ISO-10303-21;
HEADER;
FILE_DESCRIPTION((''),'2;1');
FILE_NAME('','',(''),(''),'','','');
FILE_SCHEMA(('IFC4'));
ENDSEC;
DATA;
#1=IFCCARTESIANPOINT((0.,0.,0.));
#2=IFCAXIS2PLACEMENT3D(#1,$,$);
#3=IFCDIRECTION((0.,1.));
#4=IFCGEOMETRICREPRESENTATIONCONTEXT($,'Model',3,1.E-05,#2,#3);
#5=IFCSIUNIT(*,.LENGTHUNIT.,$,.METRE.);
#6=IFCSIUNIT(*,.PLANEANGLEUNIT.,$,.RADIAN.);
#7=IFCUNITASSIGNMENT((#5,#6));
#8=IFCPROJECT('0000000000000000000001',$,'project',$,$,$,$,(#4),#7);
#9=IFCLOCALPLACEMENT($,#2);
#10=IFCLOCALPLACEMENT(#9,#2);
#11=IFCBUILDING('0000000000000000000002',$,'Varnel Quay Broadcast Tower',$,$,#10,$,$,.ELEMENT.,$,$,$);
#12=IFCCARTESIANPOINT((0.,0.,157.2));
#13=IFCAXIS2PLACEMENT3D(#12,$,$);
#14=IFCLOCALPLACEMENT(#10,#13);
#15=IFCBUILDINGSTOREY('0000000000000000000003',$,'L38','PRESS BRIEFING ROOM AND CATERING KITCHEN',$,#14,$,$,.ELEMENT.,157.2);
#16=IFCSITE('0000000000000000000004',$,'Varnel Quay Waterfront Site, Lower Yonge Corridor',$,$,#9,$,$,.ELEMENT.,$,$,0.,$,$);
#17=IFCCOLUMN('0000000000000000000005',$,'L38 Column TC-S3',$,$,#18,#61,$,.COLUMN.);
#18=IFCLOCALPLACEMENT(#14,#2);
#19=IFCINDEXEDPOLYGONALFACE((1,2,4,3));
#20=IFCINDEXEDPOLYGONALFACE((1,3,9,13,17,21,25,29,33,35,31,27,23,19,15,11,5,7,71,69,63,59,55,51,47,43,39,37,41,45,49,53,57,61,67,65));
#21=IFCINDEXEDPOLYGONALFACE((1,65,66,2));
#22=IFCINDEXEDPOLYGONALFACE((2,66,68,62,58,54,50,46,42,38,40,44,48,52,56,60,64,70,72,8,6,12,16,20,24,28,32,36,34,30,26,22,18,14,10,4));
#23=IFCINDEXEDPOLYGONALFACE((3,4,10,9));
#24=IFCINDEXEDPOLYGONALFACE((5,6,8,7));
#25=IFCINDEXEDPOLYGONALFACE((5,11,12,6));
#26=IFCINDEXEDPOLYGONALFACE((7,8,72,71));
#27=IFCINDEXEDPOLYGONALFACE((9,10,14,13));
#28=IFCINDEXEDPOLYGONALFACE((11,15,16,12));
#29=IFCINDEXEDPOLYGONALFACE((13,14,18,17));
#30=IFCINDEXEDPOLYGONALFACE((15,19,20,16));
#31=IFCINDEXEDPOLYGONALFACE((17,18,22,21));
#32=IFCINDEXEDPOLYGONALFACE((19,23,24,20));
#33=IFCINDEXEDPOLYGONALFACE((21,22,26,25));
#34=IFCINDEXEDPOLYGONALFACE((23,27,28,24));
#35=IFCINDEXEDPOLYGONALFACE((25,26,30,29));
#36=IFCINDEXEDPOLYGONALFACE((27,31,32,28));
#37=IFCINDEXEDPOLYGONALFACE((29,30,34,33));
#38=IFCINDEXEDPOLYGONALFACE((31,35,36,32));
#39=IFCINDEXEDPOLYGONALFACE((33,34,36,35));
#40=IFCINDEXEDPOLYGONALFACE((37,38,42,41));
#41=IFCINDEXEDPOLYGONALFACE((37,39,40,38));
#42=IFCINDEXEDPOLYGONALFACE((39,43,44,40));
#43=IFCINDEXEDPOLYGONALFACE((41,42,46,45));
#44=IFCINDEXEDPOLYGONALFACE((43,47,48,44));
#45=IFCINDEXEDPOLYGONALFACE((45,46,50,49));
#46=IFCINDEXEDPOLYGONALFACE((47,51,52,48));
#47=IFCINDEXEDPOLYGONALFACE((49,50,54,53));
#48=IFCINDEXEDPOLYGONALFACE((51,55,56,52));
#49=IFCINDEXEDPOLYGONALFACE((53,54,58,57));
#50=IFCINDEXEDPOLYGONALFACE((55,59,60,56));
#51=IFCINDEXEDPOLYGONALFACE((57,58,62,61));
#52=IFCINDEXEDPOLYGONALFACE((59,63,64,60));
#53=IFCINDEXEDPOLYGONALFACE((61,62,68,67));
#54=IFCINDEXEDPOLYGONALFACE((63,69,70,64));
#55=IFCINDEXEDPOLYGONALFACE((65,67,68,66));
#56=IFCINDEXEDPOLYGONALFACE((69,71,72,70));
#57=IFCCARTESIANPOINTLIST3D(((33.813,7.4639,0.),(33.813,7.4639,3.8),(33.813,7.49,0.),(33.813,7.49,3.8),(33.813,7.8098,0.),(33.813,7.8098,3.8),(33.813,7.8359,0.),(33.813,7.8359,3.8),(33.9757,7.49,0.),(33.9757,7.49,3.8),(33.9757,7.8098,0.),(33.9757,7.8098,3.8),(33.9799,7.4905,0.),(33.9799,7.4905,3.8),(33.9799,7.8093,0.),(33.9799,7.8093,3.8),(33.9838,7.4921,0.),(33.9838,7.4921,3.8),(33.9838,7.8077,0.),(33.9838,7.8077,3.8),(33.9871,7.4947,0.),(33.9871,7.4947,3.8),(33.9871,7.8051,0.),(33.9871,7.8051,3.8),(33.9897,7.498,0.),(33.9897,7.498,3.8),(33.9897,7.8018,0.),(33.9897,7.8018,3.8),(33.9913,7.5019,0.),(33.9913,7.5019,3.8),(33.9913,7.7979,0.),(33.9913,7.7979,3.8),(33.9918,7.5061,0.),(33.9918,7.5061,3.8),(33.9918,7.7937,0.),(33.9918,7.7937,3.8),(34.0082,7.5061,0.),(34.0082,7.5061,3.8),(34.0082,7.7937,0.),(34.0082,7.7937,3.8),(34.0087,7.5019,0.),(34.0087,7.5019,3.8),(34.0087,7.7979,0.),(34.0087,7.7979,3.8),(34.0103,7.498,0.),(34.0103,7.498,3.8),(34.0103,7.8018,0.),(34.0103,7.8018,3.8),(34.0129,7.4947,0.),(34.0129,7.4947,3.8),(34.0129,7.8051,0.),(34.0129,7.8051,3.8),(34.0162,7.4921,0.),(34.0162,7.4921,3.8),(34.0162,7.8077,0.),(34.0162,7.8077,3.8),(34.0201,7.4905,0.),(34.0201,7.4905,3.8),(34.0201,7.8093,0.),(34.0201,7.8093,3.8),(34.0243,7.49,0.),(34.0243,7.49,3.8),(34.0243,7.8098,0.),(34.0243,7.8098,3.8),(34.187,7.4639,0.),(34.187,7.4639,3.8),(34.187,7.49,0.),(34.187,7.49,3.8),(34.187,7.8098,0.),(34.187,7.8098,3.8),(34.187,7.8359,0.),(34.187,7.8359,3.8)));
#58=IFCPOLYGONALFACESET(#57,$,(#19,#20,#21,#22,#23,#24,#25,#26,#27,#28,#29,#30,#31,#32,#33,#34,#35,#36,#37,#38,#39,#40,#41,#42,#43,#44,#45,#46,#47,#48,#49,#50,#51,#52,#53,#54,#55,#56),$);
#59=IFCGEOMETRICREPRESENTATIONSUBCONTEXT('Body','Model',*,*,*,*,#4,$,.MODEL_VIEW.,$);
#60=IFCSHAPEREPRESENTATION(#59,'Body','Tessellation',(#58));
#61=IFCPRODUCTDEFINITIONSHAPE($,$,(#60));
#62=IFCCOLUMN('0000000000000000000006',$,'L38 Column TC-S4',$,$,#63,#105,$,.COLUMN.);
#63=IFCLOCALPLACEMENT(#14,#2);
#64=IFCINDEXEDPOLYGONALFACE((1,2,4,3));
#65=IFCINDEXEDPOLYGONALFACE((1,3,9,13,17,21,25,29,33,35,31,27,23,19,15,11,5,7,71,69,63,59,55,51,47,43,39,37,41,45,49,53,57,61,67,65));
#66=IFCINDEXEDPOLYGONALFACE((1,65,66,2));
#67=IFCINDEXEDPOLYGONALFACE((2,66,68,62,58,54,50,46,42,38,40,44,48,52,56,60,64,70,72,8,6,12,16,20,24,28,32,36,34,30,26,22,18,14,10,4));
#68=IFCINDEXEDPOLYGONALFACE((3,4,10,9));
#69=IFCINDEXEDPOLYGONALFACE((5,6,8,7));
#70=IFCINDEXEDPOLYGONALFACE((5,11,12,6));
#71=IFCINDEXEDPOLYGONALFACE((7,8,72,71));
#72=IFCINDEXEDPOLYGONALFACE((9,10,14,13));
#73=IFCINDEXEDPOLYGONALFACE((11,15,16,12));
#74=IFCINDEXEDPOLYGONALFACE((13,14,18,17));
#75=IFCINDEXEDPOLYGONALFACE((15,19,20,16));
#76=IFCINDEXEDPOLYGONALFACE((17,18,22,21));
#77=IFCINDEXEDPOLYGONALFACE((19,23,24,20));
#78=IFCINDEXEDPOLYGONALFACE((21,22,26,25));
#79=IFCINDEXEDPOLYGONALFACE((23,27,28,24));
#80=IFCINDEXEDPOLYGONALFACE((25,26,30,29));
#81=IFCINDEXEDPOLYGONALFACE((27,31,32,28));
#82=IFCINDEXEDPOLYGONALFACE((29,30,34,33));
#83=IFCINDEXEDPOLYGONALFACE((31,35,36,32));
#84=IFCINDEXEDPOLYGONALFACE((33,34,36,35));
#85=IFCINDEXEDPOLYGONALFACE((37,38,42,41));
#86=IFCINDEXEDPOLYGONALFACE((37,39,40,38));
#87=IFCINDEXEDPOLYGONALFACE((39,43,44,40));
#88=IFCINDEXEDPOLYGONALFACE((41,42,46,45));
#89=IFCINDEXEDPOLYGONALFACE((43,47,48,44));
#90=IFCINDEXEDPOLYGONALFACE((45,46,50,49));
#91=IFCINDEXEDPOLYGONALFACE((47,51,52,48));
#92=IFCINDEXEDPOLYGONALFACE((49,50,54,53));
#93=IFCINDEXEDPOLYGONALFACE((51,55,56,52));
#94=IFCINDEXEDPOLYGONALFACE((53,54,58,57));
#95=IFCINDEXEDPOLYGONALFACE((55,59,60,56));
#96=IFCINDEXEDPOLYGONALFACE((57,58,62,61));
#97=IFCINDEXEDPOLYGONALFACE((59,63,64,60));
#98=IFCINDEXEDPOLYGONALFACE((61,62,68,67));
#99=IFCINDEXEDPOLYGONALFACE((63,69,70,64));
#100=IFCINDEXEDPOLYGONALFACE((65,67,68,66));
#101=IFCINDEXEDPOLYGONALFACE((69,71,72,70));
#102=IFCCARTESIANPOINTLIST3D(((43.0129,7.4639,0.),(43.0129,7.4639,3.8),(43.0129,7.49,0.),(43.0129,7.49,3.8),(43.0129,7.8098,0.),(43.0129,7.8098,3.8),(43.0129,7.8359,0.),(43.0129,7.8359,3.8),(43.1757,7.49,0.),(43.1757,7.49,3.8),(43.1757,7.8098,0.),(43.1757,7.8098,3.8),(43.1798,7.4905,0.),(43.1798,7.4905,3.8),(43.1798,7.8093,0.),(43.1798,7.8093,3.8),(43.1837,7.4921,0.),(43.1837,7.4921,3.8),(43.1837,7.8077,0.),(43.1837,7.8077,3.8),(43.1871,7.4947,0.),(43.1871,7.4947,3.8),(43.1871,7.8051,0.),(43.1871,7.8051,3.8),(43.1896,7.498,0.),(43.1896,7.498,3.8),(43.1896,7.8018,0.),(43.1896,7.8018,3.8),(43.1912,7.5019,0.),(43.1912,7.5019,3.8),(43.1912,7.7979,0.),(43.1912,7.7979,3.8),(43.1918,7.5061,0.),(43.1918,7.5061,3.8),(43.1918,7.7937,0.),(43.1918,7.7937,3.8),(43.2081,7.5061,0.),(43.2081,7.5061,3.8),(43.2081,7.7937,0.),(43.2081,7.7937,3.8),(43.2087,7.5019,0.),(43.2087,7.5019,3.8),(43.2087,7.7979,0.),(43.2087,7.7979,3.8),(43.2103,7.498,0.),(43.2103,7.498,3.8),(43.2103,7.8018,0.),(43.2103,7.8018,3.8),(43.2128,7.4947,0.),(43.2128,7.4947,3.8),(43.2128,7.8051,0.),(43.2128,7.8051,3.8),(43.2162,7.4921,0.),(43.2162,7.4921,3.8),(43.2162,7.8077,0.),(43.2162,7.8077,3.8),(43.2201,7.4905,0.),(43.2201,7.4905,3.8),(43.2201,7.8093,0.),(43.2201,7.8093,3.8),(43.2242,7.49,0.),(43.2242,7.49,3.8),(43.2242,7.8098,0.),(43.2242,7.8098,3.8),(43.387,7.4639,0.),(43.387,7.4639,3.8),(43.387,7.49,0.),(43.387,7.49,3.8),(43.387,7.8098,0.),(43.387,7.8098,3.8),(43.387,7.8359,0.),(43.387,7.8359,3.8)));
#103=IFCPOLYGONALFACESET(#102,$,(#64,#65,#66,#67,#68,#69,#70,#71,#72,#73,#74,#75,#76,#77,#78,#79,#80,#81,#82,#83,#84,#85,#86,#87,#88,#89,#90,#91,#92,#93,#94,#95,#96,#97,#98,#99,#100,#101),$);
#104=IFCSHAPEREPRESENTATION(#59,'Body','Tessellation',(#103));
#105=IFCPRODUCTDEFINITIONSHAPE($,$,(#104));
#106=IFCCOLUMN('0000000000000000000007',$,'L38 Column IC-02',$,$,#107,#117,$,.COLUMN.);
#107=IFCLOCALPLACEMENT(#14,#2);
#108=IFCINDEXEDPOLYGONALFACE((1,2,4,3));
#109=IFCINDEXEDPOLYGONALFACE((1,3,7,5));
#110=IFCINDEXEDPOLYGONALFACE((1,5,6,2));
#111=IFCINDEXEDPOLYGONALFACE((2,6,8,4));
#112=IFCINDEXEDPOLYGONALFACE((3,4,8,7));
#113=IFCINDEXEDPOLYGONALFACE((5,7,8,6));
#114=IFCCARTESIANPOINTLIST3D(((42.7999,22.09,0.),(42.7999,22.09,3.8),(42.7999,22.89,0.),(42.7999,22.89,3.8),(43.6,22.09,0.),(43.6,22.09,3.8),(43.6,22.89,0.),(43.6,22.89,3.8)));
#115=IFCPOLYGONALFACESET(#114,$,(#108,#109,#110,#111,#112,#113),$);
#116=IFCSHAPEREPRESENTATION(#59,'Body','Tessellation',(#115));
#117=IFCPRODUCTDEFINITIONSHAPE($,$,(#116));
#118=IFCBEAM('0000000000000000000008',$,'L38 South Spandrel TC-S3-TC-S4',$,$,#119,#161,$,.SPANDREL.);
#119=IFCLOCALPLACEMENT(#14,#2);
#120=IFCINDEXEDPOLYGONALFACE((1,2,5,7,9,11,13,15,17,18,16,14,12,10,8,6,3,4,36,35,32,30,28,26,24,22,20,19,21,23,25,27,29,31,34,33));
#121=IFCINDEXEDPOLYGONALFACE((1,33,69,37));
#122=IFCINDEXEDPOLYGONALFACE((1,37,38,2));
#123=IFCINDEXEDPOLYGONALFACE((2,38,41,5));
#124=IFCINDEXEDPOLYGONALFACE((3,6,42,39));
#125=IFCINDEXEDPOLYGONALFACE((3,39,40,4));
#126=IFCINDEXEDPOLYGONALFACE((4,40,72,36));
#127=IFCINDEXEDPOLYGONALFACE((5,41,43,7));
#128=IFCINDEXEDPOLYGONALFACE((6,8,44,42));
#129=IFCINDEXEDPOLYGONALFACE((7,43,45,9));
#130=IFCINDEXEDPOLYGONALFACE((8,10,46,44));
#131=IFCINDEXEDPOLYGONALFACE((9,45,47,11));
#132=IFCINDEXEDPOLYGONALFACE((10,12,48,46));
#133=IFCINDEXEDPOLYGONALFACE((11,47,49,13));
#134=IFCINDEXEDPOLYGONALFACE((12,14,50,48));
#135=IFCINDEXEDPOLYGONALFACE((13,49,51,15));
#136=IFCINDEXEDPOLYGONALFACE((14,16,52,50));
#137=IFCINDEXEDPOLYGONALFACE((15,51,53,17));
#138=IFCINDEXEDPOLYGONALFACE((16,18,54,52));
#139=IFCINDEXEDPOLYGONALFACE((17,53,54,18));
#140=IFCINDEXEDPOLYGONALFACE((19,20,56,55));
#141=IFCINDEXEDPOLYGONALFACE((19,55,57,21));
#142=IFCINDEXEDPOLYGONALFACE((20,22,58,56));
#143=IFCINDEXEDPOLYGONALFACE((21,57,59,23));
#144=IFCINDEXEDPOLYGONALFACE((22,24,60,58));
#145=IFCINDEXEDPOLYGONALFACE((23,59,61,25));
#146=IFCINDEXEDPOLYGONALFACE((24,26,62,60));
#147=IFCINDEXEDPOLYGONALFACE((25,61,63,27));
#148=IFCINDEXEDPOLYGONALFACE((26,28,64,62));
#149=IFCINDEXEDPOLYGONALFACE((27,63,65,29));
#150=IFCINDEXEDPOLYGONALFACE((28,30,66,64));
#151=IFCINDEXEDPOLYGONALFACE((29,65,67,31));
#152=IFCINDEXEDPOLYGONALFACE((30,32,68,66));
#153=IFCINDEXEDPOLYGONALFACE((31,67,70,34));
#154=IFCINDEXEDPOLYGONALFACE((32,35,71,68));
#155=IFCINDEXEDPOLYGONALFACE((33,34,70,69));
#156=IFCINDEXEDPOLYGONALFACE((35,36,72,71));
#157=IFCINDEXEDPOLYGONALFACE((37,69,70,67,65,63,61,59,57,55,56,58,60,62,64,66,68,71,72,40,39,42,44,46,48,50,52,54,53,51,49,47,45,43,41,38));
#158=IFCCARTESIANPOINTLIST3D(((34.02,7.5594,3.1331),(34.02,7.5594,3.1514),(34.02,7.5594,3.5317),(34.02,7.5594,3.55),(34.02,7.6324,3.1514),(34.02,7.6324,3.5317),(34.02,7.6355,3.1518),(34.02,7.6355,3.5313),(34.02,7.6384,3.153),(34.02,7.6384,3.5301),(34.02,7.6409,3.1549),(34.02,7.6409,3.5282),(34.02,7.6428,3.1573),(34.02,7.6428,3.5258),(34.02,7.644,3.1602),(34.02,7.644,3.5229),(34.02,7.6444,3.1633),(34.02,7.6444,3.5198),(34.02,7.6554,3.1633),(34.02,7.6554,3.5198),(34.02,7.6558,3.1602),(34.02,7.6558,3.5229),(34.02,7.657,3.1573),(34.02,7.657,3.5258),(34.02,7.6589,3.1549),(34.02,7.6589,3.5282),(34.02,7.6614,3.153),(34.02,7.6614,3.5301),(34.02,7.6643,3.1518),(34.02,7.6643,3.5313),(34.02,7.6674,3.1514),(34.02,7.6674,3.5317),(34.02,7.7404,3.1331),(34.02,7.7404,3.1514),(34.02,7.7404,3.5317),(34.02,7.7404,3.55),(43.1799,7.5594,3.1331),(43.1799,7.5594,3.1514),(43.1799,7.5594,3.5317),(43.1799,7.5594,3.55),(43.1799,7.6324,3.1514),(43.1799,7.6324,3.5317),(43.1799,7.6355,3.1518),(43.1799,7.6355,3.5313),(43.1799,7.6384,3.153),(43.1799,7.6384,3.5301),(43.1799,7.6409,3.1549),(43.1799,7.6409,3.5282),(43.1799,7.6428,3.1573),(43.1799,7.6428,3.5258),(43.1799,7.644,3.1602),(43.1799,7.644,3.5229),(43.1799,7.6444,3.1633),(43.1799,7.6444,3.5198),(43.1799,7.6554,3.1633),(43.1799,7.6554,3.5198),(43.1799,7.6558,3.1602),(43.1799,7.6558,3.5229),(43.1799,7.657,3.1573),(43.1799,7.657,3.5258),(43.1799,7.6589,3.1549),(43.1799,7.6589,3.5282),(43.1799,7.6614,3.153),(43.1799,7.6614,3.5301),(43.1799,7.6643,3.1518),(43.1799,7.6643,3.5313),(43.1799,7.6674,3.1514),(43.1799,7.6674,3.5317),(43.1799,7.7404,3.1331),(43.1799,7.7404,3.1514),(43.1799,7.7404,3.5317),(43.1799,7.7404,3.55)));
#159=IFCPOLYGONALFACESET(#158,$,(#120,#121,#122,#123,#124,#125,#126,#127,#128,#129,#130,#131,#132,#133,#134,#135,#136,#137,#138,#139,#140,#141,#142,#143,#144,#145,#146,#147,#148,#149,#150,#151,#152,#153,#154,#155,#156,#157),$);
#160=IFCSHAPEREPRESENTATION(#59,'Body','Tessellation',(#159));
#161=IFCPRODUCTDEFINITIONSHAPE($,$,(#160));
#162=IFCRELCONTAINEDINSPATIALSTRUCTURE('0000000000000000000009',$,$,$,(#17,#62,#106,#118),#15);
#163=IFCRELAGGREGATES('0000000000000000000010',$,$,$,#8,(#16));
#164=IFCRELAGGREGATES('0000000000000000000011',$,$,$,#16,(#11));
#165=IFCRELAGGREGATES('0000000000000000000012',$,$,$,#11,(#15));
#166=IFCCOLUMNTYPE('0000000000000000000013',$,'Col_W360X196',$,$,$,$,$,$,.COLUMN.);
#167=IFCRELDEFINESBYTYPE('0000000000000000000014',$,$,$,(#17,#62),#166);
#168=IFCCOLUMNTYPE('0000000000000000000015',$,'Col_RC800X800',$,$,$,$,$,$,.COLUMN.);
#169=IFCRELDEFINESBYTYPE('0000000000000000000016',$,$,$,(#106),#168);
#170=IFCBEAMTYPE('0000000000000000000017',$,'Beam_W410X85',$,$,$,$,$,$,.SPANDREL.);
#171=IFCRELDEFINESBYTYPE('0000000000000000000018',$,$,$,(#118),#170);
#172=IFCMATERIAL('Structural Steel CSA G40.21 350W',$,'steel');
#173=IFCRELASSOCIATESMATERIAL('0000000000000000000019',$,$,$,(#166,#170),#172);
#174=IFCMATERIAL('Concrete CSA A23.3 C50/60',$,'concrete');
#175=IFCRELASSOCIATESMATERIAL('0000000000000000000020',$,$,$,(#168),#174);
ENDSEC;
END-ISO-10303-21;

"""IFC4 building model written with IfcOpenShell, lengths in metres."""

from ifc_helpers import new_model, si_unit, direction, frame, origin, origin_2d, place, context, subcontext, project, spatial, rectangle, i_section, extrude, source, transform, mapped, material, material_profile, profile_set, type_object, type_shapes, element, save


model = new_model("IFC4")

# Units and contexts
model_context = context("Model", 3, precision=1e-05, world=origin(), true_north=direction((0.0, 1.0)))
body_context = subcontext(model_context, "Body", "Model", "MODEL_VIEW")
ifc_project = project(units=[si_unit("LENGTHUNIT", "METRE"), si_unit("PLANEANGLEUNIT", "RADIAN")], contexts=[model_context])

# Site, building, storey
site_placement = place(None, origin())
site = spatial("IfcSite", under=ifc_project, at=site_placement, Name="Varnel Quay Waterfront Site, Lower Yonge Corridor", CompositionType="ELEMENT", RefElevation=0.0)
building_placement = place(site_placement, origin())
building = spatial("IfcBuilding", under=site, at=building_placement, Name="Varnel Quay Broadcast Tower", CompositionType="ELEMENT")
storey_placement = place(building_placement, frame((0.0, 0.0, 157.2)))
storey = spatial("IfcBuildingStorey", under=building, at=storey_placement, Name="L38", Description="PRESS BRIEFING ROOM AND CATERING KITCHEN", CompositionType="ELEMENT", Elevation=157.2)

# Columns
ifc_material_1 = material(Name="Structural Steel CSA G40.21 350W", Category="steel")
ifc_material_profile_1 = material_profile(ifc_material_1, i_section(OverallWidth=0.374, OverallDepth=0.3721, WebThickness=0.0164, FlangeThickness=0.0261, FilletRadius=0.0161, at=origin_2d()), Name="W360X196")
ifc_profile_set_1 = profile_set([ifc_material_profile_1], Name="Structural Steel CSA G40.21 350W")
column_type_1 = type_object("IfcColumnType", Name="Col_W360X196", PredefinedType="COLUMN", material=ifc_profile_set_1)
shared_shape_1 = source(origin(), body_context, "Body", "SweptSolid", [
    extrude(i_section(OverallWidth=0.374, OverallDepth=0.3721, WebThickness=0.0164, FlangeThickness=0.0261, FilletRadius=0.0161, at=origin_2d()), origin(), (0.0, 0.0, 1.0), 3.8),
])
type_shapes(column_type_1, [shared_shape_1])
for number, where, z_axis, x_axis, name in (
    (1, (34.0, 7.6499, 0.0), (0.0, 0.0, 1.0), (1.0, 0.0, 0.0), "L38 Column TC-S3"),
    (2, (43.2, 7.6499, 0.0), (0.0, 0.0, 1.0), (1.0, 0.0, 0.0), "L38 Column TC-S4"),
):
    element("IfcColumn", number, at=place(storey_placement, frame(where, z_axis=z_axis, x_axis=x_axis)), inside=storey, type_object=column_type_1, Name=name, PredefinedType="COLUMN", context=body_context, shape_type="MappedRepresentation", body=[
        mapped(shared_shape_1, transform((0.0, 0.0, 0.0), x_axis=(1.0, 0.0, 0.0), y_axis=(0.0, 1.0, 0.0), z_axis=(0.0, 0.0, 1.0), scale=1.0)),
    ])
ifc_material_2 = material(Name="Concrete CSA A23.3 C50/60", Category="concrete")
ifc_material_profile_2 = material_profile(ifc_material_2, rectangle(XDim=0.8, YDim=0.8, at=origin_2d()), Name="RC800X800")
ifc_profile_set_2 = profile_set([ifc_material_profile_2], Name="Concrete CSA A23.3 C50/60")
column_type_2 = type_object("IfcColumnType", Name="Col_RC800X800", PredefinedType="COLUMN", material=ifc_profile_set_2)
shared_shape_2 = source(origin(), body_context, "Body", "SweptSolid", [
    extrude(rectangle(XDim=0.8, YDim=0.8, at=origin_2d()), origin(), (0.0, 0.0, 1.0), 3.8),
])
type_shapes(column_type_2, [shared_shape_2])
column_placement = place(storey_placement, frame((43.2, 22.49, 0.0), z_axis=(0.0, 0.0, 1.0), x_axis=(1.0, 0.0, 0.0)))
element("IfcColumn", 3, at=column_placement, inside=storey, type_object=column_type_2, Name="L38 Column IC-02", PredefinedType="COLUMN", context=body_context, shape_type="MappedRepresentation", body=[
    mapped(shared_shape_2, transform((0.0, 0.0, 0.0), x_axis=(1.0, 0.0, 0.0), y_axis=(0.0, 1.0, 0.0), z_axis=(0.0, 0.0, 1.0), scale=1.0)),
])

# Beam
ifc_material_profile_3 = material_profile(ifc_material_1, i_section(OverallWidth=0.1809, OverallDepth=0.417, WebThickness=0.011, FlangeThickness=0.0183, FilletRadius=0.012, at=origin_2d()), Name="W410X85")
ifc_profile_set_3 = profile_set([ifc_material_profile_3], Name="Structural Steel CSA G40.21 350W")
beam_type_1 = type_object("IfcBeamType", Name="Beam_W410X85", PredefinedType="SPANDREL", material=ifc_profile_set_3)
shared_shape_3 = source(origin(), body_context, "Body", "SweptSolid", [
    extrude(i_section(OverallWidth=0.1809, OverallDepth=0.417, WebThickness=0.011, FlangeThickness=0.0183, FilletRadius=0.012, at=origin_2d()), origin(), (0.0, 0.0, 1.0), 9.1599),
])
type_shapes(beam_type_1, [shared_shape_3])
for number, where, z_axis, x_axis, name in (
    (4, (34.02, 7.6499, 3.3416), (1.0, 0.0, 0.0), (0.0, 1.0, 0.0), "L38 South Spandrel TC-S3-TC-S4"),
):
    element("IfcBeam", number, at=place(storey_placement, frame(where, z_axis=z_axis, x_axis=x_axis)), inside=storey, type_object=beam_type_1, Name=name, PredefinedType="SPANDREL", context=body_context, shape_type="MappedRepresentation", body=[
        mapped(shared_shape_3, transform((0.0, 0.0, 0.0), x_axis=(1.0, 0.0, 0.0), y_axis=(0.0, 1.0, 0.0), z_axis=(0.0, 0.0, 1.0), scale=1.0)),
    ])

save(model, "model.ifc")
